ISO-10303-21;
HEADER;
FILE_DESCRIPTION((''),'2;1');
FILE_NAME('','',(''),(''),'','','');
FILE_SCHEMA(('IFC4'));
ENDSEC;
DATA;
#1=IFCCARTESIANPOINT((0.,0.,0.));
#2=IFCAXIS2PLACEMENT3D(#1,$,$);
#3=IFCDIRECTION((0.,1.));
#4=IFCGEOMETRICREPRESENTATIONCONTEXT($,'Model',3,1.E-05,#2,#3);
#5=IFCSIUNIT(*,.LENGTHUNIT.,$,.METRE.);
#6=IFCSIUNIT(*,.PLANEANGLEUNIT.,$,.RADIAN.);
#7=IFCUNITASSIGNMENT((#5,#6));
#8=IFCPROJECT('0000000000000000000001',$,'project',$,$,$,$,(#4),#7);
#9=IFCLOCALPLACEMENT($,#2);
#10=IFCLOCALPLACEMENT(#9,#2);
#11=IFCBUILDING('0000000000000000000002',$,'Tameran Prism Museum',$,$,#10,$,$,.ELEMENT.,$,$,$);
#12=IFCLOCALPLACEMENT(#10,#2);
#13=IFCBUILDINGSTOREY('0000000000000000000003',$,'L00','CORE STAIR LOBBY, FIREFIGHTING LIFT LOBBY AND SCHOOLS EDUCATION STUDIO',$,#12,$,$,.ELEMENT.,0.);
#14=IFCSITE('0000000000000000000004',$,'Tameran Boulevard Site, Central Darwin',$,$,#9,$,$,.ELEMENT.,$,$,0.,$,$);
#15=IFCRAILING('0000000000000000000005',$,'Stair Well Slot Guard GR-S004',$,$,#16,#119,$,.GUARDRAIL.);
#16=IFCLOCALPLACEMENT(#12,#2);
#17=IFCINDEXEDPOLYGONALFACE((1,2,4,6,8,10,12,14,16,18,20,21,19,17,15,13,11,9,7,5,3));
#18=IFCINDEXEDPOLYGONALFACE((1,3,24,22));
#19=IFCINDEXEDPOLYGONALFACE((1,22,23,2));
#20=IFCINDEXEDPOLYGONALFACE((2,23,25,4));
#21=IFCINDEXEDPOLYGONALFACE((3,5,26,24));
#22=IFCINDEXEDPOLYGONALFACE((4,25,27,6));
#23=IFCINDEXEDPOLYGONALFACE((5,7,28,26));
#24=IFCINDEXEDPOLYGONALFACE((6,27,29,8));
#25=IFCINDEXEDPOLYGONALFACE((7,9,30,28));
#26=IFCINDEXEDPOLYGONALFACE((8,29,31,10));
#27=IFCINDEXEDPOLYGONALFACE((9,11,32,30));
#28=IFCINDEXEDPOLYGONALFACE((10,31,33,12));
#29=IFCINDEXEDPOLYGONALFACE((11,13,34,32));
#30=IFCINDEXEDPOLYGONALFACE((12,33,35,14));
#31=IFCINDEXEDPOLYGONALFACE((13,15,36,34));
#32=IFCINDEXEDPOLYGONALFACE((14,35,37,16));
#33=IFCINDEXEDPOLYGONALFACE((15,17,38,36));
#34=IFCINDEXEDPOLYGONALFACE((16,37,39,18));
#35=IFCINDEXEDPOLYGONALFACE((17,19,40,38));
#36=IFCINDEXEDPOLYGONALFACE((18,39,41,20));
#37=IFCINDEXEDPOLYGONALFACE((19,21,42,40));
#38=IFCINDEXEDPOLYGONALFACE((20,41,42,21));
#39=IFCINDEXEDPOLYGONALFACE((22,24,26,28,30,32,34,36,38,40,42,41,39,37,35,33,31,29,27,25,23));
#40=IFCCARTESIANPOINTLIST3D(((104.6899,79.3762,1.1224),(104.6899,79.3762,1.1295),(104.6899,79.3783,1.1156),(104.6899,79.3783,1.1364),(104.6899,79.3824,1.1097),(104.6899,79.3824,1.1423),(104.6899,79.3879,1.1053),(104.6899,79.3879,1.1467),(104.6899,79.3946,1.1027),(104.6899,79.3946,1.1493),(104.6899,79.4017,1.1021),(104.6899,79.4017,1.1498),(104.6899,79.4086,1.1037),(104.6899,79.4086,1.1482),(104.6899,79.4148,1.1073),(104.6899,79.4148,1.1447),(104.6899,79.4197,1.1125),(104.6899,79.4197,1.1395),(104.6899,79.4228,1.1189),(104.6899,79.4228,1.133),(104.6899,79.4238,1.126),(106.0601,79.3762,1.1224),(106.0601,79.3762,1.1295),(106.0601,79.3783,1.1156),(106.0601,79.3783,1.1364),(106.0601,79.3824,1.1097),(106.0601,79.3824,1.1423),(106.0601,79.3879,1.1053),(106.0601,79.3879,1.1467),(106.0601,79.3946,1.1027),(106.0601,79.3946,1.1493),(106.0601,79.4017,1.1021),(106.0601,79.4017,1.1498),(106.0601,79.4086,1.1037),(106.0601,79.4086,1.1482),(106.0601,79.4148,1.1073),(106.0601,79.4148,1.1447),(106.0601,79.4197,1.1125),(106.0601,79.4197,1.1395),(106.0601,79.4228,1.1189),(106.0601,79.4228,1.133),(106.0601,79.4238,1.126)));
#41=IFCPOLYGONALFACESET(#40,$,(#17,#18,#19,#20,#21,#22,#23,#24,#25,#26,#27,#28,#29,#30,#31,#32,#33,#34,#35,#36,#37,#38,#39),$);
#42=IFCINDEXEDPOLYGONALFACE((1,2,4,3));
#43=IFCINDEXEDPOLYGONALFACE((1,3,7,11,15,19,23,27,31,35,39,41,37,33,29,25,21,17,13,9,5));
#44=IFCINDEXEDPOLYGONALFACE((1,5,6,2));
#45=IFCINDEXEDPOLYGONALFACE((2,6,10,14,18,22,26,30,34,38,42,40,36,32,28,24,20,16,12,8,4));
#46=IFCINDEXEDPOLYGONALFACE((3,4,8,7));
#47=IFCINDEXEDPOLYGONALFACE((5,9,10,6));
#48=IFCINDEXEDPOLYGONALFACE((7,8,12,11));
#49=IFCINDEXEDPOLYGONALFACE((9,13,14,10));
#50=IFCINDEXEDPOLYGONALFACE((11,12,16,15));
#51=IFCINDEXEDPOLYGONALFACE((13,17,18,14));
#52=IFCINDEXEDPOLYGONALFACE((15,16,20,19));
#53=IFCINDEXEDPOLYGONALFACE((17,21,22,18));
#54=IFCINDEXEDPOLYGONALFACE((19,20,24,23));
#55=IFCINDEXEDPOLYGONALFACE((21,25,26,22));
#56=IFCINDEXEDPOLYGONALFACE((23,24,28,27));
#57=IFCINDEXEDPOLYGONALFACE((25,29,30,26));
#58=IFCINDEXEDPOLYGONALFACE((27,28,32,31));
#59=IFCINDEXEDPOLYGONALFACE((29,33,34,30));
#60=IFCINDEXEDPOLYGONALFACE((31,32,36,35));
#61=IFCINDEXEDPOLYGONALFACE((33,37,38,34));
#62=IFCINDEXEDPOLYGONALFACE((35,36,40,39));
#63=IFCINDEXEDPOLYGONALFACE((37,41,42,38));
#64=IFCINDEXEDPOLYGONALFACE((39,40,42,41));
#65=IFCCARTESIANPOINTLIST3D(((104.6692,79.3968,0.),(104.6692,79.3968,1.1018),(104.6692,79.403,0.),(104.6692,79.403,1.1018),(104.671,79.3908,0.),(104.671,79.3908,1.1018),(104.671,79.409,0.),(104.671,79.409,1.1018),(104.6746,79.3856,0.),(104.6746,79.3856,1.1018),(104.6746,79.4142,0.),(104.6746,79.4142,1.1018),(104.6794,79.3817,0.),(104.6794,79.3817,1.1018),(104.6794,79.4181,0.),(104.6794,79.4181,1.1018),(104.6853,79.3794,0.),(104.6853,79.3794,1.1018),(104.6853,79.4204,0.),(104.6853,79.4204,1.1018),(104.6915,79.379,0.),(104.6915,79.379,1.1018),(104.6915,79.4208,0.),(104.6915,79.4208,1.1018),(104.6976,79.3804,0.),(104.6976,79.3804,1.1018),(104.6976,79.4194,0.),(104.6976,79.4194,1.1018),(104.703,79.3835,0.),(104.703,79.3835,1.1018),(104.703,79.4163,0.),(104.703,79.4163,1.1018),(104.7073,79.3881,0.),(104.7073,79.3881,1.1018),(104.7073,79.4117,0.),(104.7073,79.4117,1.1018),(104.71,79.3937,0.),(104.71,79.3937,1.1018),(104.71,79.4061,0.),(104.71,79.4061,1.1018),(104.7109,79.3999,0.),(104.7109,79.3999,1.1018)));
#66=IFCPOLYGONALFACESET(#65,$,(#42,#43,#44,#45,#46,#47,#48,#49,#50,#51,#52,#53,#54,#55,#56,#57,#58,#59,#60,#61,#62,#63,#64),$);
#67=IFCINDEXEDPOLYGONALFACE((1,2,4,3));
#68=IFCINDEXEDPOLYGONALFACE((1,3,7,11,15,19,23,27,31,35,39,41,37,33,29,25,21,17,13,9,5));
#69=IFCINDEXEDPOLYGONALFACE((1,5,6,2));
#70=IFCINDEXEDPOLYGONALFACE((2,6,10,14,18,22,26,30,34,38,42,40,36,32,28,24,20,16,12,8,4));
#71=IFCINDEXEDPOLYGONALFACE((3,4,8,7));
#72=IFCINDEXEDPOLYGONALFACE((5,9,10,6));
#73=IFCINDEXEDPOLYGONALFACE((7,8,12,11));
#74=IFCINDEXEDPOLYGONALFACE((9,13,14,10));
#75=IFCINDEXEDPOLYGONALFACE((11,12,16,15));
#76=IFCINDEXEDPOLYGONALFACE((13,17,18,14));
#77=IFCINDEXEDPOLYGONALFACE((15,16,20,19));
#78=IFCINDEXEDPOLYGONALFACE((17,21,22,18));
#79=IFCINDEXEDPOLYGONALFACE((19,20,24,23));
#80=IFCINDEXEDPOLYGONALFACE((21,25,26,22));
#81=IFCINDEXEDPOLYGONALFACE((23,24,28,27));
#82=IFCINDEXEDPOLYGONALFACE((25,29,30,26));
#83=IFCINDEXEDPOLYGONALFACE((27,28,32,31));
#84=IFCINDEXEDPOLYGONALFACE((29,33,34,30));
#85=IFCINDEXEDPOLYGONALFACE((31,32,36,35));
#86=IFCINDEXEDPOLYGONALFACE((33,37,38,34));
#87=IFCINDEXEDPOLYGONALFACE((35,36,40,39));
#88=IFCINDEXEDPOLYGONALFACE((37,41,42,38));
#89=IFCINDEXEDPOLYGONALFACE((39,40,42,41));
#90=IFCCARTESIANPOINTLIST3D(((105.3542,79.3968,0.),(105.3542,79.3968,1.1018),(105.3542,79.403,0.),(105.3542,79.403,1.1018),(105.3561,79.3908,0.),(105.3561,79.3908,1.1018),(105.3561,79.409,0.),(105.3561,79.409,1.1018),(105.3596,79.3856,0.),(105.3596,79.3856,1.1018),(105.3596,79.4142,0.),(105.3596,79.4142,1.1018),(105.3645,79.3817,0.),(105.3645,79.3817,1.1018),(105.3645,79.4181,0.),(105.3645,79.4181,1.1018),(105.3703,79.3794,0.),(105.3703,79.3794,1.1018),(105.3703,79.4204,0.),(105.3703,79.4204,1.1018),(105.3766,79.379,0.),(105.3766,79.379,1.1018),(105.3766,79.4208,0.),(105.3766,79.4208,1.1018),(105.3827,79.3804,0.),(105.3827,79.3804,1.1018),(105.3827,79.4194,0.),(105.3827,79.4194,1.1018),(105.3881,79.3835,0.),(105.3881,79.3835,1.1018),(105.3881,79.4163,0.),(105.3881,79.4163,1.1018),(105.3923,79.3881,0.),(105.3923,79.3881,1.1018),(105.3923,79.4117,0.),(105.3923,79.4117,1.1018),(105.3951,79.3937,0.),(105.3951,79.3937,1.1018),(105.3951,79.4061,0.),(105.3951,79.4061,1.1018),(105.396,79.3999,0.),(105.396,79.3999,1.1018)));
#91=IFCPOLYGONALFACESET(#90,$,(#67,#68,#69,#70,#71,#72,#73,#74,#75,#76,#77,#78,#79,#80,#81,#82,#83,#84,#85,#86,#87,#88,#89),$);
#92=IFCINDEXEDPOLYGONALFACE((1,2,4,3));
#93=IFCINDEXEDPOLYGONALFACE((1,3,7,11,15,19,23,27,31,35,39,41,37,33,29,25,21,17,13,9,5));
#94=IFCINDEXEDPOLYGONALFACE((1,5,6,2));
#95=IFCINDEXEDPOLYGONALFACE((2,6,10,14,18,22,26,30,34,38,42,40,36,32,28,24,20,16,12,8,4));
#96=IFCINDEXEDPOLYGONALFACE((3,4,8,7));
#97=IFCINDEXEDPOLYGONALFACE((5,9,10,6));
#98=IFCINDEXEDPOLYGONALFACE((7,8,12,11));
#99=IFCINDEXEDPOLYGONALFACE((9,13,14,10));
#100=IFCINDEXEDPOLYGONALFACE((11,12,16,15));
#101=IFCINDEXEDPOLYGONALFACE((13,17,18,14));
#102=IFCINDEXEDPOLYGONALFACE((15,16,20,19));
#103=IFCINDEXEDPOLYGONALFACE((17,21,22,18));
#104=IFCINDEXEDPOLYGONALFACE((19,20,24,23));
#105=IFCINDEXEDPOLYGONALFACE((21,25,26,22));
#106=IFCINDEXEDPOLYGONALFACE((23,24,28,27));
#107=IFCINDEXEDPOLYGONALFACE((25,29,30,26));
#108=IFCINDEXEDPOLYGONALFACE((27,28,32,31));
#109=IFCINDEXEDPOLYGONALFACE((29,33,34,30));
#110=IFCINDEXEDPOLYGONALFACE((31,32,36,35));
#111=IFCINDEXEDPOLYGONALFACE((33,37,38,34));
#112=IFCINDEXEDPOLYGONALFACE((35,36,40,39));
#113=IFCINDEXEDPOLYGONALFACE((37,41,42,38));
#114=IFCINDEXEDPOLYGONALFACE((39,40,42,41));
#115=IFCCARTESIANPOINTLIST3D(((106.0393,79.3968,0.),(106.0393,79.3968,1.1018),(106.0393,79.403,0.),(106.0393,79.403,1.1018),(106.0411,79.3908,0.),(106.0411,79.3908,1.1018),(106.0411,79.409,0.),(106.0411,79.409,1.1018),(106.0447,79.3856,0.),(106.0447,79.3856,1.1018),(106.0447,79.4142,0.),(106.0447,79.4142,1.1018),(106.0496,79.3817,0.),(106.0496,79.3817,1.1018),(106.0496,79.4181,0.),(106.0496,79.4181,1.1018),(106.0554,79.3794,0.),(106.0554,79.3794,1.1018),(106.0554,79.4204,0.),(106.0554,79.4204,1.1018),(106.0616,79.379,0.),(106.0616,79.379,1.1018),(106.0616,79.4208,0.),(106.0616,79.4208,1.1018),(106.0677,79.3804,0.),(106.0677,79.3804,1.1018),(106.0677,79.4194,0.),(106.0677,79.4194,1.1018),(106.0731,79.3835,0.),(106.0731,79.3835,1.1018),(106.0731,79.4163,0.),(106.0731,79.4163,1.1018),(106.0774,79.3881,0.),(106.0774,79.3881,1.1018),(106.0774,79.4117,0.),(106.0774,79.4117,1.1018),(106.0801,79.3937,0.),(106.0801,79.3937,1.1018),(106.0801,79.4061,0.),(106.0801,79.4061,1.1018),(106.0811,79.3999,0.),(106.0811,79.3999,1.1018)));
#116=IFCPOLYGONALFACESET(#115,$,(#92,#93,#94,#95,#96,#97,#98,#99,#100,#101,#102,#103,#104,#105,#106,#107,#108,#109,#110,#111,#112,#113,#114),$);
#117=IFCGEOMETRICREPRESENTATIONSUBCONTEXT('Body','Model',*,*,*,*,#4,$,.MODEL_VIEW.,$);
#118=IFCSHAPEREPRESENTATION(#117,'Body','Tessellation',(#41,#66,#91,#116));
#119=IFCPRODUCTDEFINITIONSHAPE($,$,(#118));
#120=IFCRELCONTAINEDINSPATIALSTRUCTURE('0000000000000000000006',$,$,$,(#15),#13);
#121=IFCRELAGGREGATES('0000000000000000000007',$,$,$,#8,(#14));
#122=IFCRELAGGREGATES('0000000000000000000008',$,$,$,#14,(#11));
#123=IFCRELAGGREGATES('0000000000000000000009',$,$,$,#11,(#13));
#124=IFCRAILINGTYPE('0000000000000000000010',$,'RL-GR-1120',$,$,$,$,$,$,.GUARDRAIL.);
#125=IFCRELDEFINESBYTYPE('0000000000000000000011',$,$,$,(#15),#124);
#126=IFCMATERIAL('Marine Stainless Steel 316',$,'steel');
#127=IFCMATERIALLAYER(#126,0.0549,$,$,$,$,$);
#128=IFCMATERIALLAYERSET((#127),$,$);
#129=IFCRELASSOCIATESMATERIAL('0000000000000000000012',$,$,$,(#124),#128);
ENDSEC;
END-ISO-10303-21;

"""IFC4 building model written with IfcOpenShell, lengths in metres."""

from ifc_helpers import new_model, si_unit, direction, frame, origin, origin_2d, place, context, subcontext, project, spatial, circle, extrude, material, layer, layer_set, type_object, element, save


model = new_model("IFC4")

# Units and contexts
model_context = context("Model", 3, precision=1e-05, world=origin(), true_north=direction((0.0, 1.0)))
body_context = subcontext(model_context, "Body", "Model", "MODEL_VIEW")
ifc_project = project(units=[si_unit("LENGTHUNIT", "METRE"), si_unit("PLANEANGLEUNIT", "RADIAN")], contexts=[model_context])

# Site, building, storey
site_placement = place(None, origin())
site = spatial("IfcSite", under=ifc_project, at=site_placement, Name="Tameran Boulevard Site, Central Darwin", CompositionType="ELEMENT", RefElevation=0.0)
building_placement = place(site_placement, origin())
building = spatial("IfcBuilding", under=site, at=building_placement, Name="Tameran Prism Museum", CompositionType="ELEMENT")
storey_placement = place(building_placement, origin())
storey = spatial("IfcBuildingStorey", under=building, at=storey_placement, Name="L00", Description="CORE STAIR LOBBY, FIREFIGHTING LIFT LOBBY AND SCHOOLS EDUCATION STUDIO", CompositionType="ELEMENT", Elevation=0.0)

# Railing
ifc_material_1 = material(Name="Marine Stainless Steel 316", Category="steel")
ifc_layer_1 = layer(ifc_material_1, 0.0549)
ifc_layer_set_1 = layer_set([ifc_layer_1])
railing_type_1 = type_object("IfcRailingType", Name="RL-GR-1120", PredefinedType="GUARDRAIL", material=ifc_layer_set_1)
railing_1_placement = place(storey_placement, frame((104.6899, 79.3999, 0.0)))
element("IfcRailing", 1, at=railing_1_placement, inside=storey, type_object=railing_type_1, Name="Stair Well Slot Guard GR-S004", PredefinedType="GUARDRAIL", context=body_context, shape_type="SweptSolid", body=[
    extrude(circle(Radius=0.0239, at=origin_2d()), frame((0.0, 0.0, 1.126), z_axis=(1.0, 0.0, 0.0), x_axis=(0.0, 1.0, 0.0)), (0.0, 0.0, 1.0), 1.3701),
    extrude(circle(Radius=0.021, at=origin_2d()), origin(), (0.0, 0.0, 1.0), 1.1018),
    extrude(circle(Radius=0.021, at=origin_2d()), frame((0.6851, 0.0, 0.0)), (0.0, 0.0, 1.0), 1.1018),
    extrude(circle(Radius=0.021, at=origin_2d()), frame((1.3701, 0.0, 0.0)), (0.0, 0.0, 1.0), 1.1018),
])

save(model, "model.ifc")
